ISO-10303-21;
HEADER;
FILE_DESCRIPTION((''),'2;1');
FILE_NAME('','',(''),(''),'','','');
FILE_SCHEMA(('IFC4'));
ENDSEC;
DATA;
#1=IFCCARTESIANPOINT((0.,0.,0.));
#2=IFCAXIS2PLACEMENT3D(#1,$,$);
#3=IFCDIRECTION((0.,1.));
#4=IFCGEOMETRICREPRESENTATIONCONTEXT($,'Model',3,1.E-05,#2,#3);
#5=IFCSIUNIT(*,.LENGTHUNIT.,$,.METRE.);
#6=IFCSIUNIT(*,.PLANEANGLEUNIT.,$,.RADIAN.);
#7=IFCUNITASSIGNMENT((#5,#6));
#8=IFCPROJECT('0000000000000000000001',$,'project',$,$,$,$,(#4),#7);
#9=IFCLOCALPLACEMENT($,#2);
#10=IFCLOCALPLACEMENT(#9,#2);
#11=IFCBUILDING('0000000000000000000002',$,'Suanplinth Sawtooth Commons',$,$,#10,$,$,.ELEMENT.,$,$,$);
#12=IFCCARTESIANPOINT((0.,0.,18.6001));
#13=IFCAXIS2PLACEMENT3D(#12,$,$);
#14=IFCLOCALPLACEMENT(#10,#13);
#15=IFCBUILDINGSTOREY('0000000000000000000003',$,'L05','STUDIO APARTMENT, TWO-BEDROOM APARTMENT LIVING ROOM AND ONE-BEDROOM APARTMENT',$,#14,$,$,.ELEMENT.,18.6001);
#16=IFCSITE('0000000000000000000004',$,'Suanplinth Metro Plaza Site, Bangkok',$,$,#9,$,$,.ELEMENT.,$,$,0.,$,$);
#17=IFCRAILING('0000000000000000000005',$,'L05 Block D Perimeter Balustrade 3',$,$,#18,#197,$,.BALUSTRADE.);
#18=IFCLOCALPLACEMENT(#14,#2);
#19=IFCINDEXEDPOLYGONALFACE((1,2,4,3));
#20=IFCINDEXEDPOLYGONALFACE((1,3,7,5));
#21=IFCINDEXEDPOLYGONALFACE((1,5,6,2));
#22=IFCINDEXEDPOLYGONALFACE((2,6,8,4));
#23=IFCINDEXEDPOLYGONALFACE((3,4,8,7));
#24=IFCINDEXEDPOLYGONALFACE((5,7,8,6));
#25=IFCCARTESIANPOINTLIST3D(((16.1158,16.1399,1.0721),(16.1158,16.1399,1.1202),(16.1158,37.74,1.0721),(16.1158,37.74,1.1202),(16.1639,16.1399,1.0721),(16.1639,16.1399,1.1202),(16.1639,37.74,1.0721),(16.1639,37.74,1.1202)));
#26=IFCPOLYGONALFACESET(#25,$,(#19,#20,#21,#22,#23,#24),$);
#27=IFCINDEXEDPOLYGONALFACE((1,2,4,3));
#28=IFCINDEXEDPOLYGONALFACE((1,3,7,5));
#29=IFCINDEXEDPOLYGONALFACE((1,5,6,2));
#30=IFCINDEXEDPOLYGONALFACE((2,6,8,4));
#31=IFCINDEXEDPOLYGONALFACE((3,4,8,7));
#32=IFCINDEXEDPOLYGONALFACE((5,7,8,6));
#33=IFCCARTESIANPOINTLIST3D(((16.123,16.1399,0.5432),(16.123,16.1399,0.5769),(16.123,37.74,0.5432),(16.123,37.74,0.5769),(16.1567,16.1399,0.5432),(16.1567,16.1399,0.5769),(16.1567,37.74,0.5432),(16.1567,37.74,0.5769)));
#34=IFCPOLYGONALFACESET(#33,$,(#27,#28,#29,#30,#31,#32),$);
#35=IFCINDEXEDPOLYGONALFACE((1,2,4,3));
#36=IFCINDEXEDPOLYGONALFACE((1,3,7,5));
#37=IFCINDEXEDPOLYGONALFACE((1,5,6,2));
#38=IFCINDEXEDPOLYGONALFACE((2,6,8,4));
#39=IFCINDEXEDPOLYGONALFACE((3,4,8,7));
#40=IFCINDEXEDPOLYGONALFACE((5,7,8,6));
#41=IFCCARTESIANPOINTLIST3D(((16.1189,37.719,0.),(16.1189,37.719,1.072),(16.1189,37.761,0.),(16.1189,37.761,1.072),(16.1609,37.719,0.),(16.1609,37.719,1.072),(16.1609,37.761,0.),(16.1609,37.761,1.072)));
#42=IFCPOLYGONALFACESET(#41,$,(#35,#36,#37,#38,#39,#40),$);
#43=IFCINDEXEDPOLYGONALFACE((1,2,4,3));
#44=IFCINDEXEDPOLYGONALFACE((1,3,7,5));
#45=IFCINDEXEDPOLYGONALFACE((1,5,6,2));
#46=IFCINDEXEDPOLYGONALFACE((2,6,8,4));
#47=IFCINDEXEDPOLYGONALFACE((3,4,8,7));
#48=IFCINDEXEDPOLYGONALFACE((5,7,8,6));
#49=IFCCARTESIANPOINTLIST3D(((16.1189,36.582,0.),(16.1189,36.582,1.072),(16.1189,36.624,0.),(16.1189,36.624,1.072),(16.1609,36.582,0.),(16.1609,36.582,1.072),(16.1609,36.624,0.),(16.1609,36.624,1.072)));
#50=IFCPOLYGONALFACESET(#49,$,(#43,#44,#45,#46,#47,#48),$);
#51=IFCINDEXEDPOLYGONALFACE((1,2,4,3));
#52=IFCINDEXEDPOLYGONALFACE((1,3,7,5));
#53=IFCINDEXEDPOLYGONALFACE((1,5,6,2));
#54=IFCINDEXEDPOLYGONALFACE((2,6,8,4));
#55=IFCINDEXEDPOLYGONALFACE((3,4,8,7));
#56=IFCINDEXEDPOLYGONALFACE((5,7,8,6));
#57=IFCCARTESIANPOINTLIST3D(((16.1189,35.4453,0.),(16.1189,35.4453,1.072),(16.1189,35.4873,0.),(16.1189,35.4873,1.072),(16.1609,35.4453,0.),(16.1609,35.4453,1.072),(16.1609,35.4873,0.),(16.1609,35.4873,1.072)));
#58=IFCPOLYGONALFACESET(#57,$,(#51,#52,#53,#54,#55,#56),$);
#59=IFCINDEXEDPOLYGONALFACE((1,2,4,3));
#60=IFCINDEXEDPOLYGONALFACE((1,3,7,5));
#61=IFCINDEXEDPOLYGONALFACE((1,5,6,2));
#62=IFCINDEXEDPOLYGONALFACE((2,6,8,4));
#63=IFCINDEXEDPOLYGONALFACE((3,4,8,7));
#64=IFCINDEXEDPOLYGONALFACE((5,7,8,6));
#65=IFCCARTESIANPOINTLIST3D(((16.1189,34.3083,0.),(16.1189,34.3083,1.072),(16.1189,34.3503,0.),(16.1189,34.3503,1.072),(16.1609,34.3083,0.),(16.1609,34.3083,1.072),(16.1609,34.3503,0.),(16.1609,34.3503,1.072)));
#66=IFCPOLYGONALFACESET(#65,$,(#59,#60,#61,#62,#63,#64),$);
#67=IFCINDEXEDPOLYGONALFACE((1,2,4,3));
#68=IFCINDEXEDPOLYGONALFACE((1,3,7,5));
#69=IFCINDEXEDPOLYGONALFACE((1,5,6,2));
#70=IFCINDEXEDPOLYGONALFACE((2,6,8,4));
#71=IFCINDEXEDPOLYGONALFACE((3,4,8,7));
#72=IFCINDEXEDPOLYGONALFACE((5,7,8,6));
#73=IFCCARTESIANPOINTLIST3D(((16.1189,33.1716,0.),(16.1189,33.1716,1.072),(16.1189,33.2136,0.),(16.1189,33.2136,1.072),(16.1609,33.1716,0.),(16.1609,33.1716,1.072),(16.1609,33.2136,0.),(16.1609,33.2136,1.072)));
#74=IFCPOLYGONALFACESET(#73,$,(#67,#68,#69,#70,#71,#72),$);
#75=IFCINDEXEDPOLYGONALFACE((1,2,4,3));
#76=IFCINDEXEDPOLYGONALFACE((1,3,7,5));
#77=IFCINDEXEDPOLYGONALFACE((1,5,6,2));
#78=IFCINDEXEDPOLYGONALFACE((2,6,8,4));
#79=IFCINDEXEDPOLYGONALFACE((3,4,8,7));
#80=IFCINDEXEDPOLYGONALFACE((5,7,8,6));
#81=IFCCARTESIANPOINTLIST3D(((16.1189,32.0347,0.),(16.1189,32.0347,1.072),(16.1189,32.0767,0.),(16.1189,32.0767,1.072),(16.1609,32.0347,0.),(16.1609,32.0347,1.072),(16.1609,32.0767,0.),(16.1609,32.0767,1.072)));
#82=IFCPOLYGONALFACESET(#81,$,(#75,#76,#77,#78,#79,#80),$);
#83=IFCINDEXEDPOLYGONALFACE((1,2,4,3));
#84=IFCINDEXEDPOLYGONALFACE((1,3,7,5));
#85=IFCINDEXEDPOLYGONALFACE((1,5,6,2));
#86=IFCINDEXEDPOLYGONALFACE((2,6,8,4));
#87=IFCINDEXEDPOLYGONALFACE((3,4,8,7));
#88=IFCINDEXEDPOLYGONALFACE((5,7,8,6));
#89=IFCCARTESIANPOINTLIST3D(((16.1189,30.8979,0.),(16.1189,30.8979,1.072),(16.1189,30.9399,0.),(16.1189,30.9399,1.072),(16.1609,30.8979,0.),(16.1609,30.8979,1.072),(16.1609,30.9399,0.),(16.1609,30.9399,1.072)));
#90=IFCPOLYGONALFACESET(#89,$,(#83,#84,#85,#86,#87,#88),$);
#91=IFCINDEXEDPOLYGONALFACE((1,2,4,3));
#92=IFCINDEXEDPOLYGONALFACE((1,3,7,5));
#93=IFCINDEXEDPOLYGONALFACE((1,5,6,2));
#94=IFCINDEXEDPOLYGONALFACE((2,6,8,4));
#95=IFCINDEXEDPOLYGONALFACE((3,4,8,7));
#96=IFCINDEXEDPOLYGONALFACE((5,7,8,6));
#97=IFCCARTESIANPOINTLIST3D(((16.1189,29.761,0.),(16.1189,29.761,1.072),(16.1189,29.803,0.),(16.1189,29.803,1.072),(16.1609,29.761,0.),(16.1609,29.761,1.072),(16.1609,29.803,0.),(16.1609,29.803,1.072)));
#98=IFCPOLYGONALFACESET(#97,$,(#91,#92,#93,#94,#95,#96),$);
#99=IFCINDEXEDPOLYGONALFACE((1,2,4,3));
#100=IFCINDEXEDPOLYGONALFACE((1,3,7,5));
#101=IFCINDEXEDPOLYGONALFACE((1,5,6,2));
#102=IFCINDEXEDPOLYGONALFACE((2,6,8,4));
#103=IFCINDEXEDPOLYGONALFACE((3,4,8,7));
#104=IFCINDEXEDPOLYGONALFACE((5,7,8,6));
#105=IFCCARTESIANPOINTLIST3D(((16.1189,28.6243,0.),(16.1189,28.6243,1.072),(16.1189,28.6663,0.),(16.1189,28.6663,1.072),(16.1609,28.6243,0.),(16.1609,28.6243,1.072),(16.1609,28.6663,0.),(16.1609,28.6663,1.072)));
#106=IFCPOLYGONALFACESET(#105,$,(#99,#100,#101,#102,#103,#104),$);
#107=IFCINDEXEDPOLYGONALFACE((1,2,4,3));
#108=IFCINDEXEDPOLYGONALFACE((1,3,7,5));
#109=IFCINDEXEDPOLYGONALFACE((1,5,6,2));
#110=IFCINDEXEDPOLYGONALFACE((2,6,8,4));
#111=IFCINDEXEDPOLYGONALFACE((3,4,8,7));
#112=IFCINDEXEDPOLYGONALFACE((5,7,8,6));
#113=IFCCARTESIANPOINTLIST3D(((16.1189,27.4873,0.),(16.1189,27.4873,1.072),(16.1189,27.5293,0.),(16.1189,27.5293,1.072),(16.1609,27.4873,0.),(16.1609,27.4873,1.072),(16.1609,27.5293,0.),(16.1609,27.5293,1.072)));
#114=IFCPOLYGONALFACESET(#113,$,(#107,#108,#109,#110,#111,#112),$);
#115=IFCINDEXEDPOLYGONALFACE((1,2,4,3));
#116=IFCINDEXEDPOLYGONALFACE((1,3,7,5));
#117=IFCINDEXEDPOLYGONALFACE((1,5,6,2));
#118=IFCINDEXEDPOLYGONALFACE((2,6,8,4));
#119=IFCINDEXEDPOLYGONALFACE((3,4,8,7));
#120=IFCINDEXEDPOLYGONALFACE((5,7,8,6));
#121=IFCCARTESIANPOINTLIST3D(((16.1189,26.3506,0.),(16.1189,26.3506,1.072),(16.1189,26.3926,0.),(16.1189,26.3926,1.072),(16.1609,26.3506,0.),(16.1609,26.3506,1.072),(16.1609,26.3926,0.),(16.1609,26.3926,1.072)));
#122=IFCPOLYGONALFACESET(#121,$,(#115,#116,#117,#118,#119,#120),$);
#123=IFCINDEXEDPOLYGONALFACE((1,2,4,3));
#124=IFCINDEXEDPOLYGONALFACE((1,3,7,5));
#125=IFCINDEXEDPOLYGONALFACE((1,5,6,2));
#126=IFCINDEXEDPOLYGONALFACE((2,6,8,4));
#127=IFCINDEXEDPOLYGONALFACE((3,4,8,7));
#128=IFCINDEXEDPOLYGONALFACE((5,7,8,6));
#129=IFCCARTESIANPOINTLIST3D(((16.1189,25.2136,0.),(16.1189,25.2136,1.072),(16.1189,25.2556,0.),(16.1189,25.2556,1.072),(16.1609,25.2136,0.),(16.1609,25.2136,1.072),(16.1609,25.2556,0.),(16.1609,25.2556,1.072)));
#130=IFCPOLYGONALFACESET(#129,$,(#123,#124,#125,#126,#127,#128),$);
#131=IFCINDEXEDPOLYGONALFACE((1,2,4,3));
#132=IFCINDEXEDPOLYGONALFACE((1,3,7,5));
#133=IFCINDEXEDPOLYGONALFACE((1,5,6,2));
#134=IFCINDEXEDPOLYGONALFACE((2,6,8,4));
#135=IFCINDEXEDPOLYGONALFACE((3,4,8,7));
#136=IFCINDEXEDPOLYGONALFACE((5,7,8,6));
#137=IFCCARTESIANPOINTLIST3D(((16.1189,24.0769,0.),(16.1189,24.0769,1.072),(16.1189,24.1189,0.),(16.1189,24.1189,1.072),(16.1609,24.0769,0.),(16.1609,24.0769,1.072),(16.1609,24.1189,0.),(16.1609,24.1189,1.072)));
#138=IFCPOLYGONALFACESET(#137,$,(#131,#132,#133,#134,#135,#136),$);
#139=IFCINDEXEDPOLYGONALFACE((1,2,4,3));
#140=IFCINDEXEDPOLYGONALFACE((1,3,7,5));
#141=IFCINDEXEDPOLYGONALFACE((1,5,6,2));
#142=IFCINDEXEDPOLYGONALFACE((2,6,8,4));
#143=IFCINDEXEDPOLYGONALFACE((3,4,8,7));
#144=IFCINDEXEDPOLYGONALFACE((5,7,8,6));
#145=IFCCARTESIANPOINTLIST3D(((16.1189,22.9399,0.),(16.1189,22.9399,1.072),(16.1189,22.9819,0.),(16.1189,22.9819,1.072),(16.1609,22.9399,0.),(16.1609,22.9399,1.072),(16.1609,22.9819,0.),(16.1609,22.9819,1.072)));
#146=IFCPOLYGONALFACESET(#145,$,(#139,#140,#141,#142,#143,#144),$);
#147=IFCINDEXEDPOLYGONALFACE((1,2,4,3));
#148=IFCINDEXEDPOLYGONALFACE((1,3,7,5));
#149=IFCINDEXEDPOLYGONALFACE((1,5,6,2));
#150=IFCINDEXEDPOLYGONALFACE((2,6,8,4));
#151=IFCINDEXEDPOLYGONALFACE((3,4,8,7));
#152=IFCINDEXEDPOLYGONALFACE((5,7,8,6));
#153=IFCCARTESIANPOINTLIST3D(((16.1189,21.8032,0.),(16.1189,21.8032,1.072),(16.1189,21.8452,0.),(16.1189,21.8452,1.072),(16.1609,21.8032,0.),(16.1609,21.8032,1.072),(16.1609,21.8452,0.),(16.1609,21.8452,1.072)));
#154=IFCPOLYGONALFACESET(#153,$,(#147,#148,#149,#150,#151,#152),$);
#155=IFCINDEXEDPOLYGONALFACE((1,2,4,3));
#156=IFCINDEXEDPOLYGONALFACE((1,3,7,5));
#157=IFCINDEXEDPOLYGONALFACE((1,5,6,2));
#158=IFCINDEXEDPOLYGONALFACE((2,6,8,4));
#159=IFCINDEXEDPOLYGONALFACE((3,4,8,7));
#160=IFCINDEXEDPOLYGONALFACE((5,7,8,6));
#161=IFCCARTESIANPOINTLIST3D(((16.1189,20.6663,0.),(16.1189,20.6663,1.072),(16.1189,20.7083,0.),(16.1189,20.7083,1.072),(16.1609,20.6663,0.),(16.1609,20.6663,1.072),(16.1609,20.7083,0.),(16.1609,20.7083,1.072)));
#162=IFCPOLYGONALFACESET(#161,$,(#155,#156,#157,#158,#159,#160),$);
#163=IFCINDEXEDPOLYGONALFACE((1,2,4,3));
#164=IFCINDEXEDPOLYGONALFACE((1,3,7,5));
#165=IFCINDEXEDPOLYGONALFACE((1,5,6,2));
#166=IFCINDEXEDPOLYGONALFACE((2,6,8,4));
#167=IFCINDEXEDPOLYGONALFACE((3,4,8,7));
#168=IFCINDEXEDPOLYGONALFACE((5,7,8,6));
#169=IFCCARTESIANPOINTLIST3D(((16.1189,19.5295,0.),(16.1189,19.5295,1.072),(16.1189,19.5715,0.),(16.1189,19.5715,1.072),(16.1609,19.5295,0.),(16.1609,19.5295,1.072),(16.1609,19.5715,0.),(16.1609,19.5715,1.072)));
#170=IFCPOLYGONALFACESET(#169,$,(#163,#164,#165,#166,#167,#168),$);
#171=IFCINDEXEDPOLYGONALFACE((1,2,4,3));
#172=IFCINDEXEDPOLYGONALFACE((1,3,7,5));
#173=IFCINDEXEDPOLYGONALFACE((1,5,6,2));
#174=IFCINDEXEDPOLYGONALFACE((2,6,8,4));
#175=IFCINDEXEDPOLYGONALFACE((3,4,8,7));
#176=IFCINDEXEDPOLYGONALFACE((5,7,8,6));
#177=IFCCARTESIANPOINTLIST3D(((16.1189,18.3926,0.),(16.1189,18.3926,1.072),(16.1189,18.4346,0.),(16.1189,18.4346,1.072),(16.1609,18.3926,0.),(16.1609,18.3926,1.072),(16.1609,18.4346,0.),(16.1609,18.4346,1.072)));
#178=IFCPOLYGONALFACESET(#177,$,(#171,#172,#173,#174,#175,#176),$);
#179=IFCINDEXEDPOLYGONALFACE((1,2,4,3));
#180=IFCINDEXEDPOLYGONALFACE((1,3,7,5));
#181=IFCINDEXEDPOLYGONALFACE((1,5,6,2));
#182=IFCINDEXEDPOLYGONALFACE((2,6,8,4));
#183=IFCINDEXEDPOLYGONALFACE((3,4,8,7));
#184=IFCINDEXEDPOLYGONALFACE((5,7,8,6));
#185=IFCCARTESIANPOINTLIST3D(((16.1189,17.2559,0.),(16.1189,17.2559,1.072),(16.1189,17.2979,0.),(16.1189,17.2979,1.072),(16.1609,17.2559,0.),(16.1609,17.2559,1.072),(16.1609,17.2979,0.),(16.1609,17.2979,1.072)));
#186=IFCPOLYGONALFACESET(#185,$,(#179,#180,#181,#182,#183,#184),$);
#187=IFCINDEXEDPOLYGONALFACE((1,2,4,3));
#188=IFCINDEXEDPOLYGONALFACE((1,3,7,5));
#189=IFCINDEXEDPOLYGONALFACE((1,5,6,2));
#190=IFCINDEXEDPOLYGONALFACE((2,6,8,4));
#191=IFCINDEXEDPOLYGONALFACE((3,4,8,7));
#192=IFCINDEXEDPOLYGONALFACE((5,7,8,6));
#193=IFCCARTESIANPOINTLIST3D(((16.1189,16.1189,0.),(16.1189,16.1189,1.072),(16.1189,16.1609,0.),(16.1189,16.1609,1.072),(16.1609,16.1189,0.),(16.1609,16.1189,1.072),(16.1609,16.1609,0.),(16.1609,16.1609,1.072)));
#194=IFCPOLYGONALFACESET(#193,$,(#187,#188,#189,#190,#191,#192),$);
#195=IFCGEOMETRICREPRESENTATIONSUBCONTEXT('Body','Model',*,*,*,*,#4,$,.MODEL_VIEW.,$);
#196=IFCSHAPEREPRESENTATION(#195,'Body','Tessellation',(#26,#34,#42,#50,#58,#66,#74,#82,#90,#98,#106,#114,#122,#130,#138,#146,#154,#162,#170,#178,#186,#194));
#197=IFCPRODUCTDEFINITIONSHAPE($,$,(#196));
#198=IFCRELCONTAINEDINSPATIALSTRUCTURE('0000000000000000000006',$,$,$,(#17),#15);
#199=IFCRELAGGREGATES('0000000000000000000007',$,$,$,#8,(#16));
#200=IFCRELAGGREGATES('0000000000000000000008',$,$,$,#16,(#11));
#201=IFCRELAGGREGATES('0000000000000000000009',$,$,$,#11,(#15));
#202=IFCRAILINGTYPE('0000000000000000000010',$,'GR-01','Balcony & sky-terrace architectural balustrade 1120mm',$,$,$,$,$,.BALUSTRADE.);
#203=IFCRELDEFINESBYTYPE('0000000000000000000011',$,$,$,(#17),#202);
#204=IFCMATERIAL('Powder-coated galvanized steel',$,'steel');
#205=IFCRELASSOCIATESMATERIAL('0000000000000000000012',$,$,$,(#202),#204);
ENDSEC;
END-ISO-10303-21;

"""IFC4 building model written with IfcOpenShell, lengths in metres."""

from ifc_helpers import new_model, si_unit, direction, frame, origin, origin_2d, place, context, subcontext, project, spatial, rectangle, extrude, material, type_object, element, save


model = new_model("IFC4")

# Units and contexts
model_context = context("Model", 3, precision=1e-05, world=origin(), true_north=direction((0.0, 1.0)))
body_context = subcontext(model_context, "Body", "Model", "MODEL_VIEW")
ifc_project = project(units=[si_unit("LENGTHUNIT", "METRE"), si_unit("PLANEANGLEUNIT", "RADIAN")], contexts=[model_context])

# Site, building, storey
site_placement = place(None, origin())
site = spatial("IfcSite", under=ifc_project, at=site_placement, Name="Suanplinth Metro Plaza Site, Bangkok", CompositionType="ELEMENT", RefElevation=0.0)
building_placement = place(site_placement, origin())
building = spatial("IfcBuilding", under=site, at=building_placement, Name="Suanplinth Sawtooth Commons", CompositionType="ELEMENT")
storey_placement = place(building_placement, frame((0.0, 0.0, 18.6001)))
storey = spatial("IfcBuildingStorey", under=building, at=storey_placement, Name="L05", Description="STUDIO APARTMENT, TWO-BEDROOM APARTMENT LIVING ROOM AND ONE-BEDROOM APARTMENT", CompositionType="ELEMENT", Elevation=18.6001)

# Railing
ifc_material_1 = material(Name="Powder-coated galvanized steel", Category="steel")
railing_type = type_object("IfcRailingType", Name="GR-01", Description="Balcony & sky-terrace architectural balustrade 1120mm", PredefinedType="BALUSTRADE", material=ifc_material_1)
railing_1_placement = place(storey_placement, frame((16.1399, 37.74, 0.0)))
element("IfcRailing", 1, at=railing_1_placement, inside=storey, type_object=railing_type, Name="L05 Block D Perimeter Balustrade 3", PredefinedType="BALUSTRADE", context=body_context, shape_type="SweptSolid", body=[
    extrude(rectangle(XDim=0.0481, YDim=0.0481, at=origin_2d()), frame((0.0, 0.0, 1.0962), z_axis=(0.0, -1.0, 0.0), x_axis=(1.0, 0.0, 0.0)), (0.0, 0.0, 1.0), 21.6001),
    extrude(rectangle(XDim=0.0337, YDim=0.0337, at=origin_2d()), frame((0.0, 0.0, 0.5601), z_axis=(0.0, -1.0, 0.0), x_axis=(1.0, 0.0, 0.0)), (0.0, 0.0, 1.0), 21.6001),
    extrude(rectangle(XDim=0.042, YDim=0.042, at=origin_2d()), origin(), (0.0, 0.0, 1.0), 1.072),
    extrude(rectangle(XDim=0.042, YDim=0.042, at=origin_2d()), frame((0.0, -1.137, 0.0)), (0.0, 0.0, 1.0), 1.072),
    extrude(rectangle(XDim=0.042, YDim=0.042, at=origin_2d()), frame((0.0, -2.2737, 0.0)), (0.0, 0.0, 1.0), 1.072),
    extrude(rectangle(XDim=0.042, YDim=0.042, at=origin_2d()), frame((0.0, -3.4106, 0.0)), (0.0, 0.0, 1.0), 1.072),
    extrude(rectangle(XDim=0.042, YDim=0.042, at=origin_2d()), frame((0.0, -4.5474, 0.0)), (0.0, 0.0, 1.0), 1.072),
    extrude(rectangle(XDim=0.042, YDim=0.042, at=origin_2d()), frame((0.0, -5.6843, 0.0)), (0.0, 0.0, 1.0), 1.072),
    extrude(rectangle(XDim=0.042, YDim=0.042, at=origin_2d()), frame((0.0, -6.821, 0.0)), (0.0, 0.0, 1.0), 1.072),
    extrude(rectangle(XDim=0.042, YDim=0.042, at=origin_2d()), frame((0.0, -7.958, 0.0)), (0.0, 0.0, 1.0), 1.072),
    extrude(rectangle(XDim=0.042, YDim=0.042, at=origin_2d()), frame((0.0, -9.0947, 0.0)), (0.0, 0.0, 1.0), 1.072),
    extrude(rectangle(XDim=0.042, YDim=0.042, at=origin_2d()), frame((0.0, -10.2317, 0.0)), (0.0, 0.0, 1.0), 1.072),
    extrude(rectangle(XDim=0.042, YDim=0.042, at=origin_2d()), frame((0.0, -11.3684, 0.0)), (0.0, 0.0, 1.0), 1.072),
    extrude(rectangle(XDim=0.042, YDim=0.042, at=origin_2d()), frame((0.0, -12.5054, 0.0)), (0.0, 0.0, 1.0), 1.072),
    extrude(rectangle(XDim=0.042, YDim=0.042, at=origin_2d()), frame((0.0, -13.6421, 0.0)), (0.0, 0.0, 1.0), 1.072),
    extrude(rectangle(XDim=0.042, YDim=0.042, at=origin_2d()), frame((0.0, -14.7791, 0.0)), (0.0, 0.0, 1.0), 1.072),
    extrude(rectangle(XDim=0.042, YDim=0.042, at=origin_2d()), frame((0.0, -15.9158, 0.0)), (0.0, 0.0, 1.0), 1.072),
    extrude(rectangle(XDim=0.042, YDim=0.042, at=origin_2d()), frame((0.0, -17.0527, 0.0)), (0.0, 0.0, 1.0), 1.072),
    extrude(rectangle(XDim=0.042, YDim=0.042, at=origin_2d()), frame((0.0, -18.1895, 0.0)), (0.0, 0.0, 1.0), 1.072),
    extrude(rectangle(XDim=0.042, YDim=0.042, at=origin_2d()), frame((0.0, -19.3264, 0.0)), (0.0, 0.0, 1.0), 1.072),
    extrude(rectangle(XDim=0.042, YDim=0.042, at=origin_2d()), frame((0.0, -20.4631, 0.0)), (0.0, 0.0, 1.0), 1.072),
    extrude(rectangle(XDim=0.042, YDim=0.042, at=origin_2d()), frame((0.0, -21.6001, 0.0)), (0.0, 0.0, 1.0), 1.072),
])

save(model, "model.ifc")
